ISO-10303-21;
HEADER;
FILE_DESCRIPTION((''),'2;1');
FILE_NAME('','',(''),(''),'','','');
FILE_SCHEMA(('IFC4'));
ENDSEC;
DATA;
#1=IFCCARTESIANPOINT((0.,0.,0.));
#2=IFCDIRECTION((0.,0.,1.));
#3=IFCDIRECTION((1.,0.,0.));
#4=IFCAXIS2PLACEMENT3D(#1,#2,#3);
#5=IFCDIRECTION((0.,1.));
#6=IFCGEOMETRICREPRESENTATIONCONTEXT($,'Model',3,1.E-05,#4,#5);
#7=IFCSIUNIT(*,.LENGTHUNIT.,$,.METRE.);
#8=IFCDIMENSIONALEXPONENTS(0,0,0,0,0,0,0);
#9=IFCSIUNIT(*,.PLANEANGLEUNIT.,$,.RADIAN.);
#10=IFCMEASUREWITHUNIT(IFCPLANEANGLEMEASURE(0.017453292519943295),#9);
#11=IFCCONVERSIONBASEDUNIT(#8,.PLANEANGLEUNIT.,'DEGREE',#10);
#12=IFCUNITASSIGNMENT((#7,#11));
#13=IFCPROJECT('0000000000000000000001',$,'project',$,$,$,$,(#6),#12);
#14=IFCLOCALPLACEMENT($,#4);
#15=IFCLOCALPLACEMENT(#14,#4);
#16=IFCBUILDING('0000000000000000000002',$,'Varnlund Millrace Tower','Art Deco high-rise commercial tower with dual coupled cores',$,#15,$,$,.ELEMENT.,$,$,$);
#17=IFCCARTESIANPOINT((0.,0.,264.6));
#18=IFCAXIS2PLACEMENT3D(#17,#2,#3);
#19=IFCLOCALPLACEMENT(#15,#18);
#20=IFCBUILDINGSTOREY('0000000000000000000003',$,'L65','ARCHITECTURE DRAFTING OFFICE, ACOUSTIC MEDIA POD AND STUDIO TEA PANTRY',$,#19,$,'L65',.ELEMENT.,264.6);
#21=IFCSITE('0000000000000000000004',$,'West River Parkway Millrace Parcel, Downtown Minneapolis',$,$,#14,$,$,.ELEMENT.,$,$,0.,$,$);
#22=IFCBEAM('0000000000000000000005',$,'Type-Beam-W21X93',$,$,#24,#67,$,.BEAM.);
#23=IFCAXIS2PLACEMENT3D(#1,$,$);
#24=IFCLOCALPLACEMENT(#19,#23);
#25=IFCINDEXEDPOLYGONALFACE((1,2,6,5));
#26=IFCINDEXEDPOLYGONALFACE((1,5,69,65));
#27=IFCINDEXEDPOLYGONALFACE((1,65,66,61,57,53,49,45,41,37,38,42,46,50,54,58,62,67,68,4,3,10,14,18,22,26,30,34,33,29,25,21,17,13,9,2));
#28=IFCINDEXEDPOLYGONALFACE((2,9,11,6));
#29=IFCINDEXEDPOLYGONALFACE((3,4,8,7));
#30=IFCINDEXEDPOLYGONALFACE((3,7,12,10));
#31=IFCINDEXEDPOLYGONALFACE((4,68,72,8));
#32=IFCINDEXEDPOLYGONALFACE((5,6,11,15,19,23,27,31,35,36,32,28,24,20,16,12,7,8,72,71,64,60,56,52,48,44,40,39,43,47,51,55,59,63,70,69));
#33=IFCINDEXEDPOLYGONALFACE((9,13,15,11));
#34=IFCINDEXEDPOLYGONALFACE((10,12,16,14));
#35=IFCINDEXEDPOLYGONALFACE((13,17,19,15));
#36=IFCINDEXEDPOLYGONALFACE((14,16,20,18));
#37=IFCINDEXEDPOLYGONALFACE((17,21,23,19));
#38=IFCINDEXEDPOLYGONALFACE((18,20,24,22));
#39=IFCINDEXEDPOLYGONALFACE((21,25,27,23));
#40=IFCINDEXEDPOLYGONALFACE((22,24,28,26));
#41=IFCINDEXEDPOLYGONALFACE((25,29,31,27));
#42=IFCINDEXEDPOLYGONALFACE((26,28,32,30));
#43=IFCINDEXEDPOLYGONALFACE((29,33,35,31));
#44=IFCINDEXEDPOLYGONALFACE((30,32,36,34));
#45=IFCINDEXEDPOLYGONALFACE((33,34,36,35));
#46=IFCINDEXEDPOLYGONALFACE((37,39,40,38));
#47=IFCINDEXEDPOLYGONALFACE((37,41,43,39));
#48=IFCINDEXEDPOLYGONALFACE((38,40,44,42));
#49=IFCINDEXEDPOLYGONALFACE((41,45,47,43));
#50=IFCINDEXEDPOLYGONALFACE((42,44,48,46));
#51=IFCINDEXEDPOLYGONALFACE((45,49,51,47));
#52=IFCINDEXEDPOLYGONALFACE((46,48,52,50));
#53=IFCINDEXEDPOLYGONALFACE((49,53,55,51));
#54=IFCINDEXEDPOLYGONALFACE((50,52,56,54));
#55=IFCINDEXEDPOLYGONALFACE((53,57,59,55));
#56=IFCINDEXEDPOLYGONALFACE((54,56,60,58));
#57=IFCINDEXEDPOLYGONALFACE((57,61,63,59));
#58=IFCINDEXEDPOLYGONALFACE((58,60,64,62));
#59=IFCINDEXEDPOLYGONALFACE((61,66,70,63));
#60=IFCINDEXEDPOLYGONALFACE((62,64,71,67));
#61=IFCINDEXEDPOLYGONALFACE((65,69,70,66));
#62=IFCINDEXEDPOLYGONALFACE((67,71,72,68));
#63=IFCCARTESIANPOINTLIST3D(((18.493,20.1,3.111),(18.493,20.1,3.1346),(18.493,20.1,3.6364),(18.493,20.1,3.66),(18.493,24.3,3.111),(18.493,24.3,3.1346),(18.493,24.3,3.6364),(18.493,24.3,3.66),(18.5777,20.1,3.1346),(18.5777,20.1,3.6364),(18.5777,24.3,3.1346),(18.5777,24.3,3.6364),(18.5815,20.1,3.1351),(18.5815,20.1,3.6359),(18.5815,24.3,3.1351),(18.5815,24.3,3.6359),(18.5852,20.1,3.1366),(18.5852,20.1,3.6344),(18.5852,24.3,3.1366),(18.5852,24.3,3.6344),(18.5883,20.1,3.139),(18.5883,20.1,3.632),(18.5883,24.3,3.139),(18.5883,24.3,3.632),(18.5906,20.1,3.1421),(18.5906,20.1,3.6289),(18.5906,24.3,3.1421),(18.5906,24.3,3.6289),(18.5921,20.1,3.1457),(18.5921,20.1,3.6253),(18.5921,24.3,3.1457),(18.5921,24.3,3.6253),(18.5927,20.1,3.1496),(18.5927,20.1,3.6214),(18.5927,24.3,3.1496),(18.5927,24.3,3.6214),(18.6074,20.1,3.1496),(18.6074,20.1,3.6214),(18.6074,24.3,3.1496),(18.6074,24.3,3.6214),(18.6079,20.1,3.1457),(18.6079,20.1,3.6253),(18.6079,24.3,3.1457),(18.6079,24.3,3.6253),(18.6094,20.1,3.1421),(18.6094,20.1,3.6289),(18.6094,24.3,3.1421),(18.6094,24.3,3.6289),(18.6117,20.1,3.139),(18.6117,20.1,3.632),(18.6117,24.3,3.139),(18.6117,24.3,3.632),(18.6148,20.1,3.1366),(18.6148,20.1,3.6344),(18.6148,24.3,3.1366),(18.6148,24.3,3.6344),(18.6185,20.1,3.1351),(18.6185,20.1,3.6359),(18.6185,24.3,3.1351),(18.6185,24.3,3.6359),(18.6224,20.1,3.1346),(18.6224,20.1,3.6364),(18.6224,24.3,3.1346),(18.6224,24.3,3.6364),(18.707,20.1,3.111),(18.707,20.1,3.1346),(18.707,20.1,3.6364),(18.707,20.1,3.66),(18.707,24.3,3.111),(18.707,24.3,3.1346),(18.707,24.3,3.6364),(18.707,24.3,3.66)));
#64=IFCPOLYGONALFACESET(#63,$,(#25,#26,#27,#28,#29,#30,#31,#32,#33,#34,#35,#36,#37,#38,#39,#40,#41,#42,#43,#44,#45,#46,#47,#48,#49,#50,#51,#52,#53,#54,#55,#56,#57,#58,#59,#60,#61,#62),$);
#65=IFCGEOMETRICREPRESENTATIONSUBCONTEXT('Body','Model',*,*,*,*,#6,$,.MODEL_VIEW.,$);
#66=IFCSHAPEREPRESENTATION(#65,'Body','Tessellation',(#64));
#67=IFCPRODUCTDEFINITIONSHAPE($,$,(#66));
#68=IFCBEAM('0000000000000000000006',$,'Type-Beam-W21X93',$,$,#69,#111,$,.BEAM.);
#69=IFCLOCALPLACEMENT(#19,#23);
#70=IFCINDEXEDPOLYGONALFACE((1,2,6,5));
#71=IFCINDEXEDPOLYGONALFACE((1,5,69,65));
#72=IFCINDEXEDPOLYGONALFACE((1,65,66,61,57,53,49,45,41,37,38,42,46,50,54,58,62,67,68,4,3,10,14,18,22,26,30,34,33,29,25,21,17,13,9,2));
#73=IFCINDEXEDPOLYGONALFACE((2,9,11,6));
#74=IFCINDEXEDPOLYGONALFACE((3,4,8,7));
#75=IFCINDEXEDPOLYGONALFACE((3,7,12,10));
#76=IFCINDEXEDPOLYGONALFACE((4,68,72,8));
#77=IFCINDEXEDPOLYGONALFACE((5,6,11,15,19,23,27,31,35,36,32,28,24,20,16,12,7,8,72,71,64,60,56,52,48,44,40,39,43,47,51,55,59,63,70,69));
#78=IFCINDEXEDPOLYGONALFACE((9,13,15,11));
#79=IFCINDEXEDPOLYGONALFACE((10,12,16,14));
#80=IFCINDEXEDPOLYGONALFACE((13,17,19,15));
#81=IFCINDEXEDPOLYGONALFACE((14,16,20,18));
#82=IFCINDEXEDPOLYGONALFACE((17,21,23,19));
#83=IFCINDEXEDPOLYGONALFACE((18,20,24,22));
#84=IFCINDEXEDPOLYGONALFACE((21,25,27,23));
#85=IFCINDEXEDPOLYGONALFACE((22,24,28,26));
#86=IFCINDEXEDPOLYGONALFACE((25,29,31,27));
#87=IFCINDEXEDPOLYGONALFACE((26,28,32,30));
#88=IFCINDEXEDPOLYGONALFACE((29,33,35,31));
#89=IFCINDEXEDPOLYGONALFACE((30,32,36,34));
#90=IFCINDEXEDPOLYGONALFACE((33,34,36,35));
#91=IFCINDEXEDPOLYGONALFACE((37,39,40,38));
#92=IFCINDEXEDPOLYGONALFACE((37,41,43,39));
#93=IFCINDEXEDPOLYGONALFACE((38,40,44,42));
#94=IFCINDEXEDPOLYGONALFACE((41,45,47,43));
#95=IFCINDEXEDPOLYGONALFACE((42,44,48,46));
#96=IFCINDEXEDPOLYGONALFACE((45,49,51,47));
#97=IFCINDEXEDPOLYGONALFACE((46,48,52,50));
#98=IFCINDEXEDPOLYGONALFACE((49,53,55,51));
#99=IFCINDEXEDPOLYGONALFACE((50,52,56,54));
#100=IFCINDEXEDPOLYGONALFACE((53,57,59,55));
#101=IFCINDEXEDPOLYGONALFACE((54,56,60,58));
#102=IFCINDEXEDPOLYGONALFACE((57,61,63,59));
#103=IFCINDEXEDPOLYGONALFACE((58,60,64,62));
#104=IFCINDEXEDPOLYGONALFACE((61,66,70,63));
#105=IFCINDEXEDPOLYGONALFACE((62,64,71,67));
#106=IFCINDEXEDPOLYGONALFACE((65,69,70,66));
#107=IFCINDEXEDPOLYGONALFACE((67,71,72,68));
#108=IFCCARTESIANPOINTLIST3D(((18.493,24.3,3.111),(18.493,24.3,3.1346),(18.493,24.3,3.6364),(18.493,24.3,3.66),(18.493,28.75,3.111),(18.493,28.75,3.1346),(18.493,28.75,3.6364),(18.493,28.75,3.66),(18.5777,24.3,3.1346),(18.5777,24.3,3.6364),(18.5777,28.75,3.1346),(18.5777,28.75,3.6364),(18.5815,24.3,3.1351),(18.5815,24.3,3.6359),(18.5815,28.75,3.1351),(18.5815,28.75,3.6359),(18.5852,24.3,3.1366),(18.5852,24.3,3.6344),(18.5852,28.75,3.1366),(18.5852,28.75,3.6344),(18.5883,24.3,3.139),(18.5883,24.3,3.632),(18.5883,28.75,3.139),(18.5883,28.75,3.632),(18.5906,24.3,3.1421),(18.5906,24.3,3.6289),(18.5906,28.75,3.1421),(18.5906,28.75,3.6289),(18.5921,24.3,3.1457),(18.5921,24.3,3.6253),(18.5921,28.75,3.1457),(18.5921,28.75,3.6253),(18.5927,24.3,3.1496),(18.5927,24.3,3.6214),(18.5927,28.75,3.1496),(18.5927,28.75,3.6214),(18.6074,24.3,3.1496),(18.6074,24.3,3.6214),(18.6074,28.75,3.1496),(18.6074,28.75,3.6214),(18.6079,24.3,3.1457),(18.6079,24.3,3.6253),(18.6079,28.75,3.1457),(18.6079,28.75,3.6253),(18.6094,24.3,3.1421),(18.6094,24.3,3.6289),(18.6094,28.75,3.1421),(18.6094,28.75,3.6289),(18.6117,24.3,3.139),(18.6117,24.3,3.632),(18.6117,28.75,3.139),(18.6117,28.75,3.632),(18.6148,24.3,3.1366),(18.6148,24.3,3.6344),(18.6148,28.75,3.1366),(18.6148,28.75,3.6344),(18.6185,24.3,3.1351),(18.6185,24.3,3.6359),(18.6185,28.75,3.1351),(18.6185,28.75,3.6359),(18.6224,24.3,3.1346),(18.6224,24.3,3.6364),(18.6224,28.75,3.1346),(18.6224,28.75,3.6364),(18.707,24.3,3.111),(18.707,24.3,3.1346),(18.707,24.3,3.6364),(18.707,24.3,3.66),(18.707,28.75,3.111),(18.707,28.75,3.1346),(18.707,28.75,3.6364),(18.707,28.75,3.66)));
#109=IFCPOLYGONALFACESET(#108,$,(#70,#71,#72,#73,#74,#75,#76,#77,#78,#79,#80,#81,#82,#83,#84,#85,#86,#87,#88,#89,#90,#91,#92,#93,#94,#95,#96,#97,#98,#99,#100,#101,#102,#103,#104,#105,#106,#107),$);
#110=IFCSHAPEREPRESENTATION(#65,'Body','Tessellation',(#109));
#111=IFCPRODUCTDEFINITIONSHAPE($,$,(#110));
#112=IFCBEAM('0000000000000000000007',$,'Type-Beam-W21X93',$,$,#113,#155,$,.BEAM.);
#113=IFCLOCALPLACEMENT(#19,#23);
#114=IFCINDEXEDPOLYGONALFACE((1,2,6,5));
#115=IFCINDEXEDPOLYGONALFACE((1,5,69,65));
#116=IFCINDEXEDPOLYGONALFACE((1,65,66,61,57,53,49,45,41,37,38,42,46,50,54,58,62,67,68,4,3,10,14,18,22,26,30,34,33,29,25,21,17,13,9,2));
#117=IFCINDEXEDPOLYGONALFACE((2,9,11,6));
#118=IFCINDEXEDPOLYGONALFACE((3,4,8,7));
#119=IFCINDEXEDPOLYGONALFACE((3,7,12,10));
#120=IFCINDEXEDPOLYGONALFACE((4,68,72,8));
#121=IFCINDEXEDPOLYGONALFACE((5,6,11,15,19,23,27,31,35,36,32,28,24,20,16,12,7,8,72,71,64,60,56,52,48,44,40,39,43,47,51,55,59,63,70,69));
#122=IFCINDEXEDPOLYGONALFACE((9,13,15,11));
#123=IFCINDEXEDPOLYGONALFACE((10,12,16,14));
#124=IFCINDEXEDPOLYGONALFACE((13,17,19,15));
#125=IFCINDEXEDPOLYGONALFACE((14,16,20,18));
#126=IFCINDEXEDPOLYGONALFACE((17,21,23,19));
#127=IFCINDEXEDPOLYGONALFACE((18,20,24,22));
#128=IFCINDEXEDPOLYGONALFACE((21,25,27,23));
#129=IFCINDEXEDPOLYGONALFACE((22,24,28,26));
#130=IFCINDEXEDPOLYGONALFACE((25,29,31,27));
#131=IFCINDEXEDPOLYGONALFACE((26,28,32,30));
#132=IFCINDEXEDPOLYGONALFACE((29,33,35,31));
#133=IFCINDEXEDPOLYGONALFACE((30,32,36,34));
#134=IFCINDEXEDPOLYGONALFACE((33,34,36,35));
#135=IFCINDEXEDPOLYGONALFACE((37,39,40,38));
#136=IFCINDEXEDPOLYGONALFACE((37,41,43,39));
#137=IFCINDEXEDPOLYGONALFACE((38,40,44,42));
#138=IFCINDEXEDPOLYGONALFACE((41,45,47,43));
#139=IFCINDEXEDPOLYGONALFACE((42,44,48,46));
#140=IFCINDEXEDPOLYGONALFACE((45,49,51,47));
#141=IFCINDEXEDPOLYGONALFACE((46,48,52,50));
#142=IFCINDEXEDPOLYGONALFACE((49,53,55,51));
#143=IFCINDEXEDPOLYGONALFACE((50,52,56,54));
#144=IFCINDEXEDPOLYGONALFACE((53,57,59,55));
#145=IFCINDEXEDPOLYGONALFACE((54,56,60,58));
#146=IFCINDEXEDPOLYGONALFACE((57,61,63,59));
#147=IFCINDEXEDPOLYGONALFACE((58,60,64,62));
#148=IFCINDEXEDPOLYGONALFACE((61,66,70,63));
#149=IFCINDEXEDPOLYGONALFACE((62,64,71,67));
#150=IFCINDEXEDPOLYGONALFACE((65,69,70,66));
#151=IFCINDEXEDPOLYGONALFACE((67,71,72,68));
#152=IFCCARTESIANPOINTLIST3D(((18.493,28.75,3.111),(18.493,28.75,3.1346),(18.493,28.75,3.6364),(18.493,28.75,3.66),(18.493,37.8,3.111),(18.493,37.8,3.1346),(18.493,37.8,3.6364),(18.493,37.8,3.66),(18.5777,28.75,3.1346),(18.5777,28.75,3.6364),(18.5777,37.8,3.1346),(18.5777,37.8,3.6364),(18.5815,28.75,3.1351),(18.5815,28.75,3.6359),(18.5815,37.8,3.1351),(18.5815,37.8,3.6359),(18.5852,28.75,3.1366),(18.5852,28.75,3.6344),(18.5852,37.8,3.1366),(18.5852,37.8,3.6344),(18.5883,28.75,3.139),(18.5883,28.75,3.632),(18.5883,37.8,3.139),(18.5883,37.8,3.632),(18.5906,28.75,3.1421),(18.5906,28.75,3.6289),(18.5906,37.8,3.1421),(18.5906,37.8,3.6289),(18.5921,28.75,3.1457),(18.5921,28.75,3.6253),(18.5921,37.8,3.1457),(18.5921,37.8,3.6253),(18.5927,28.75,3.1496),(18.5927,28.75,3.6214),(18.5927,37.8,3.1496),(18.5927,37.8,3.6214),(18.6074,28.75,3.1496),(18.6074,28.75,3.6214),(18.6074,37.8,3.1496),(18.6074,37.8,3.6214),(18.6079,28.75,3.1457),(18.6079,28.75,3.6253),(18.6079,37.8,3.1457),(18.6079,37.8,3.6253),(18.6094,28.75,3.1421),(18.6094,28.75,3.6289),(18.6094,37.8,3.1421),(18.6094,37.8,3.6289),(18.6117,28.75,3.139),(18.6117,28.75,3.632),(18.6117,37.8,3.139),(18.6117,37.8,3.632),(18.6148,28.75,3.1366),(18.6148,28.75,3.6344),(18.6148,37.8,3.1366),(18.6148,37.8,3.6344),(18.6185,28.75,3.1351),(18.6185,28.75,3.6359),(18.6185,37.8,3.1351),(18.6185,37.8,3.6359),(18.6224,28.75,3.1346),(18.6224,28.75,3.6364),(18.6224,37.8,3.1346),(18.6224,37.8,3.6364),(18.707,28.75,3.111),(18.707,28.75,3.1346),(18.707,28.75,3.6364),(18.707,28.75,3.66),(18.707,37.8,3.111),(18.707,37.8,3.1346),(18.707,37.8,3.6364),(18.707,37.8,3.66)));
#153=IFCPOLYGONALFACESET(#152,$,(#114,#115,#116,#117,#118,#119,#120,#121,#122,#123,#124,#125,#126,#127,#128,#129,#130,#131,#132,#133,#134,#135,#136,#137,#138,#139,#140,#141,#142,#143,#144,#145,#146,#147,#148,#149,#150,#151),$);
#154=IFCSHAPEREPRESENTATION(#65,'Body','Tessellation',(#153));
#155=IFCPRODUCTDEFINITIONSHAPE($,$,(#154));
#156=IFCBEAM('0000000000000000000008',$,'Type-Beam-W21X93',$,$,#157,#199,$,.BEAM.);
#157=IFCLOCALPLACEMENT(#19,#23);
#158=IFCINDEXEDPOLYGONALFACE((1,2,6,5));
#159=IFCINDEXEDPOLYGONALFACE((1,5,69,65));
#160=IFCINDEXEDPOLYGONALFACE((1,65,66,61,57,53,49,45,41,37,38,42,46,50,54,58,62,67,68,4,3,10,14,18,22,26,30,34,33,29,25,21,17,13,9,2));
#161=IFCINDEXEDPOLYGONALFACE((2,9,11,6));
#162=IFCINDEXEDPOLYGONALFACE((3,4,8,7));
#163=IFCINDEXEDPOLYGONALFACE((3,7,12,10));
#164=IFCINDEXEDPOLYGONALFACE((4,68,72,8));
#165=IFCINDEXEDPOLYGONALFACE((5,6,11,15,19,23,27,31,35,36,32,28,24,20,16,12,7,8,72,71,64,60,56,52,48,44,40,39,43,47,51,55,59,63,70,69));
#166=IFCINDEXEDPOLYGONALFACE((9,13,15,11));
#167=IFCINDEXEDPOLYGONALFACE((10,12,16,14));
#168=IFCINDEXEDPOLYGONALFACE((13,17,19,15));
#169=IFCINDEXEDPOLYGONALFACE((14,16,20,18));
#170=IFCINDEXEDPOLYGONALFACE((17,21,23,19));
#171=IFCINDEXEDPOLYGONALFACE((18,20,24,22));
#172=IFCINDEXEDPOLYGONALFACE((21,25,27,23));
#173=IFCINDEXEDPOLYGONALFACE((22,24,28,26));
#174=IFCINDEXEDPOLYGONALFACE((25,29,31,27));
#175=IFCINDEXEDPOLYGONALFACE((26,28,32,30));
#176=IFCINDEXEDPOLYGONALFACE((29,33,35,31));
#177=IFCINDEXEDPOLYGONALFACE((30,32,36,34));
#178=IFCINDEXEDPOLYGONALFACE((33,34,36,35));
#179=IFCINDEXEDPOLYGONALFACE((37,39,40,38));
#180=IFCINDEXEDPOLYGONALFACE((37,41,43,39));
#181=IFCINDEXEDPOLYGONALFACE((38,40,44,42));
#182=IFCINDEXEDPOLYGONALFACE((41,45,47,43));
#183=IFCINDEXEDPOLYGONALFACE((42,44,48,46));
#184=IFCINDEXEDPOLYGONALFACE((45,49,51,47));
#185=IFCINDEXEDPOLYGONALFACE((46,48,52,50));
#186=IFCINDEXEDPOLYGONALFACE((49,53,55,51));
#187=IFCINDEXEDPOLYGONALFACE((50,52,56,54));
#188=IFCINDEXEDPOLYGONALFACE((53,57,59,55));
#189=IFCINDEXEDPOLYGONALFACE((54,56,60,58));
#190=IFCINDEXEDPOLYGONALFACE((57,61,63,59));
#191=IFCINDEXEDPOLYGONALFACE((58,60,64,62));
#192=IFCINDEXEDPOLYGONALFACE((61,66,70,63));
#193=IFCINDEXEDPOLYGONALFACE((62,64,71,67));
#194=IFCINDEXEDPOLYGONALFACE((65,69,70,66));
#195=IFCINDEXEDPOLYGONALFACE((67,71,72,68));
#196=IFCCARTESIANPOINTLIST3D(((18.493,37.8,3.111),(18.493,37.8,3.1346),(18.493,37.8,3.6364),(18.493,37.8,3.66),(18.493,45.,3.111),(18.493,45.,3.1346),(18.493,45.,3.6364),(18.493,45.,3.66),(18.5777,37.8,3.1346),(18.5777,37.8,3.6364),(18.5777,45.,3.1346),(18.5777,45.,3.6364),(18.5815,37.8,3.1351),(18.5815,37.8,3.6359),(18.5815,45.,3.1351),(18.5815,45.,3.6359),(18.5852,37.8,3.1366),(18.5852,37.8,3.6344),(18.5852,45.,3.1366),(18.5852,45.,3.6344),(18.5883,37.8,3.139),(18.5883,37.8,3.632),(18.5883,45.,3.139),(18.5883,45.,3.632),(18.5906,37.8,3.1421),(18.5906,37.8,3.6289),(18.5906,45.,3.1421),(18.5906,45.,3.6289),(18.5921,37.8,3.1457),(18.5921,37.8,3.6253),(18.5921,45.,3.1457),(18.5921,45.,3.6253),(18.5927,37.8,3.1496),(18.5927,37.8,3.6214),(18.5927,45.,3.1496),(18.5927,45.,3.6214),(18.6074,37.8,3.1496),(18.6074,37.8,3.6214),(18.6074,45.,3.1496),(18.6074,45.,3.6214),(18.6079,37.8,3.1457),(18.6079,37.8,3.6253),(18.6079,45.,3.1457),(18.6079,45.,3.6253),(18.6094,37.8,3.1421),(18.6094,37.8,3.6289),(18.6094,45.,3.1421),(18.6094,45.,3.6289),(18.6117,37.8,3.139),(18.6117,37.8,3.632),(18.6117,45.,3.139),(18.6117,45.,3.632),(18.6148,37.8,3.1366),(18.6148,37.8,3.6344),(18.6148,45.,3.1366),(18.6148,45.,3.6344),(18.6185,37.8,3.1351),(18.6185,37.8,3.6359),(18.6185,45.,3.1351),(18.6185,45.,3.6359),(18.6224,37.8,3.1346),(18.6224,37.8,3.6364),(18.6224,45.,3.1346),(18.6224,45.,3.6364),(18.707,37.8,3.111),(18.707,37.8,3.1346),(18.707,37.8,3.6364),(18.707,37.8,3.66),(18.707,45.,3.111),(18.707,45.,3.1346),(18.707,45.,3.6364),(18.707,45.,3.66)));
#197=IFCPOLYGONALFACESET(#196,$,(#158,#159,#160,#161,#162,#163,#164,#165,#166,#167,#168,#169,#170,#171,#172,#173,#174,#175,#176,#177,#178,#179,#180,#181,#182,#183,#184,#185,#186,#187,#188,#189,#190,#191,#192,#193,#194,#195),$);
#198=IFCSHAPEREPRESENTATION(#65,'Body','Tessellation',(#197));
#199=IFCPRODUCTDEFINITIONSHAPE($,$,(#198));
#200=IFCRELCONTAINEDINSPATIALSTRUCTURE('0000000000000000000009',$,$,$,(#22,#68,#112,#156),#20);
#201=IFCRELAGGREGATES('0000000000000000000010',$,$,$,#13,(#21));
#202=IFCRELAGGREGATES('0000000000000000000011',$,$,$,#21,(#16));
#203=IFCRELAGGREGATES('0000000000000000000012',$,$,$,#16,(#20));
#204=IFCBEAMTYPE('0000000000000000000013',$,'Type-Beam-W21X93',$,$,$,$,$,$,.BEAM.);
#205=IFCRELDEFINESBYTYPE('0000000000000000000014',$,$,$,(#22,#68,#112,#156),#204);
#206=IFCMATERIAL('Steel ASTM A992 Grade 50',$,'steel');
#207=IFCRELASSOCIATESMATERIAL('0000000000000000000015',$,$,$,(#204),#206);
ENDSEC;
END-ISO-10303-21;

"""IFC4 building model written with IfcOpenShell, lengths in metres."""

from ifc_helpers import new_model, entity, si_unit, converted_unit, direction, frame, origin_with_axes, origin_2d_with_axis, place, context, subcontext, project, spatial, i_section, extrude, material, material_profile, profile_set, type_object, element, save


model = new_model("IFC4")

# Units and contexts
model_context = context("Model", 3, precision=1e-05, world=origin_with_axes(), true_north=direction((0.0, 1.0)))
body_context = subcontext(model_context, "Body", "Model", "MODEL_VIEW")
ifc_project = project(units=[si_unit("LENGTHUNIT", "METRE"), converted_unit("PLANEANGLEUNIT", "DEGREE", entity("IfcPlaneAngleMeasure", 0.017453292519943295), si_unit("PLANEANGLEUNIT", "RADIAN"), dimensions=[0, 0, 0, 0, 0, 0, 0])], contexts=[model_context])

# Site, building, storey
site_placement = place(None, origin_with_axes())
site = spatial("IfcSite", under=ifc_project, at=site_placement, Name="West River Parkway Millrace Parcel, Downtown Minneapolis", CompositionType="ELEMENT", RefElevation=0.0)
building_placement = place(site_placement, origin_with_axes())
building = spatial("IfcBuilding", under=site, at=building_placement, Name="Varnlund Millrace Tower", Description="Art Deco high-rise commercial tower with dual coupled cores", CompositionType="ELEMENT")
storey_placement = place(building_placement, frame((0.0, 0.0, 264.6), z_axis=(0.0, 0.0, 1.0), x_axis=(1.0, 0.0, 0.0)))
storey = spatial("IfcBuildingStorey", under=building, at=storey_placement, Name="L65", Description="ARCHITECTURE DRAFTING OFFICE, ACOUSTIC MEDIA POD AND STUDIO TEA PANTRY", LongName="L65", CompositionType="ELEMENT", Elevation=264.6)

# Beams
ifc_material_1 = material(Name="Steel ASTM A992 Grade 50", Category="steel")
ifc_material_profile_1 = material_profile(ifc_material_1, i_section(OverallWidth=0.214, OverallDepth=0.549, WebThickness=0.0147, FlangeThickness=0.0236, FilletRadius=0.015, at=origin_2d_with_axis()), Name="Steel ASTM A992 Grade 50")
ifc_profile_set_1 = profile_set([ifc_material_profile_1], Name="Steel ASTM A992 Grade 50")
beam_type_1 = type_object("IfcBeamType", Name="Type-Beam-W21X93", PredefinedType="BEAM", material=ifc_profile_set_1)
beam_1_placement = place(storey_placement, frame((18.6, 20.1, 3.3855), z_axis=(0.0, 1.0, 0.0), x_axis=(-1.0, 0.0, 0.0)))
element("IfcBeam", 1, at=beam_1_placement, inside=storey, type_object=beam_type_1, Name="Type-Beam-W21X93", PredefinedType="BEAM", context=body_context, shape_type="SweptSolid", body=[
    extrude(i_section(OverallWidth=0.214, OverallDepth=0.549, WebThickness=0.0147, FlangeThickness=0.0236, FilletRadius=0.015, at=origin_2d_with_axis()), origin_with_axes(), (0.0, 0.0, 1.0), 4.2),
])
beam_2_placement = place(storey_placement, frame((18.6, 24.3, 3.3855), z_axis=(0.0, 1.0, 0.0), x_axis=(-1.0, 0.0, 0.0)))
element("IfcBeam", 2, at=beam_2_placement, inside=storey, type_object=beam_type_1, Name="Type-Beam-W21X93", PredefinedType="BEAM", context=body_context, shape_type="SweptSolid", body=[
    extrude(i_section(OverallWidth=0.214, OverallDepth=0.549, WebThickness=0.0147, FlangeThickness=0.0236, FilletRadius=0.015, at=origin_2d_with_axis()), origin_with_axes(), (0.0, 0.0, 1.0), 4.45),
])
beam_3_placement = place(storey_placement, frame((18.6, 28.75, 3.3855), z_axis=(0.0, 1.0, 0.0), x_axis=(-1.0, 0.0, 0.0)))
element("IfcBeam", 3, at=beam_3_placement, inside=storey, type_object=beam_type_1, Name="Type-Beam-W21X93", PredefinedType="BEAM", context=body_context, shape_type="SweptSolid", body=[
    extrude(i_section(OverallWidth=0.214, OverallDepth=0.549, WebThickness=0.0147, FlangeThickness=0.0236, FilletRadius=0.015, at=origin_2d_with_axis()), origin_with_axes(), (0.0, 0.0, 1.0), 9.05),
])
beam_4_placement = place(storey_placement, frame((18.6, 37.8, 3.3855), z_axis=(0.0, 1.0, 0.0), x_axis=(-1.0, 0.0, 0.0)))
element("IfcBeam", 4, at=beam_4_placement, inside=storey, type_object=beam_type_1, Name="Type-Beam-W21X93", PredefinedType="BEAM", context=body_context, shape_type="SweptSolid", body=[
    extrude(i_section(OverallWidth=0.214, OverallDepth=0.549, WebThickness=0.0147, FlangeThickness=0.0236, FilletRadius=0.015, at=origin_2d_with_axis()), origin_with_axes(), (0.0, 0.0, 1.0), 7.2),
])

save(model, "model.ifc")
